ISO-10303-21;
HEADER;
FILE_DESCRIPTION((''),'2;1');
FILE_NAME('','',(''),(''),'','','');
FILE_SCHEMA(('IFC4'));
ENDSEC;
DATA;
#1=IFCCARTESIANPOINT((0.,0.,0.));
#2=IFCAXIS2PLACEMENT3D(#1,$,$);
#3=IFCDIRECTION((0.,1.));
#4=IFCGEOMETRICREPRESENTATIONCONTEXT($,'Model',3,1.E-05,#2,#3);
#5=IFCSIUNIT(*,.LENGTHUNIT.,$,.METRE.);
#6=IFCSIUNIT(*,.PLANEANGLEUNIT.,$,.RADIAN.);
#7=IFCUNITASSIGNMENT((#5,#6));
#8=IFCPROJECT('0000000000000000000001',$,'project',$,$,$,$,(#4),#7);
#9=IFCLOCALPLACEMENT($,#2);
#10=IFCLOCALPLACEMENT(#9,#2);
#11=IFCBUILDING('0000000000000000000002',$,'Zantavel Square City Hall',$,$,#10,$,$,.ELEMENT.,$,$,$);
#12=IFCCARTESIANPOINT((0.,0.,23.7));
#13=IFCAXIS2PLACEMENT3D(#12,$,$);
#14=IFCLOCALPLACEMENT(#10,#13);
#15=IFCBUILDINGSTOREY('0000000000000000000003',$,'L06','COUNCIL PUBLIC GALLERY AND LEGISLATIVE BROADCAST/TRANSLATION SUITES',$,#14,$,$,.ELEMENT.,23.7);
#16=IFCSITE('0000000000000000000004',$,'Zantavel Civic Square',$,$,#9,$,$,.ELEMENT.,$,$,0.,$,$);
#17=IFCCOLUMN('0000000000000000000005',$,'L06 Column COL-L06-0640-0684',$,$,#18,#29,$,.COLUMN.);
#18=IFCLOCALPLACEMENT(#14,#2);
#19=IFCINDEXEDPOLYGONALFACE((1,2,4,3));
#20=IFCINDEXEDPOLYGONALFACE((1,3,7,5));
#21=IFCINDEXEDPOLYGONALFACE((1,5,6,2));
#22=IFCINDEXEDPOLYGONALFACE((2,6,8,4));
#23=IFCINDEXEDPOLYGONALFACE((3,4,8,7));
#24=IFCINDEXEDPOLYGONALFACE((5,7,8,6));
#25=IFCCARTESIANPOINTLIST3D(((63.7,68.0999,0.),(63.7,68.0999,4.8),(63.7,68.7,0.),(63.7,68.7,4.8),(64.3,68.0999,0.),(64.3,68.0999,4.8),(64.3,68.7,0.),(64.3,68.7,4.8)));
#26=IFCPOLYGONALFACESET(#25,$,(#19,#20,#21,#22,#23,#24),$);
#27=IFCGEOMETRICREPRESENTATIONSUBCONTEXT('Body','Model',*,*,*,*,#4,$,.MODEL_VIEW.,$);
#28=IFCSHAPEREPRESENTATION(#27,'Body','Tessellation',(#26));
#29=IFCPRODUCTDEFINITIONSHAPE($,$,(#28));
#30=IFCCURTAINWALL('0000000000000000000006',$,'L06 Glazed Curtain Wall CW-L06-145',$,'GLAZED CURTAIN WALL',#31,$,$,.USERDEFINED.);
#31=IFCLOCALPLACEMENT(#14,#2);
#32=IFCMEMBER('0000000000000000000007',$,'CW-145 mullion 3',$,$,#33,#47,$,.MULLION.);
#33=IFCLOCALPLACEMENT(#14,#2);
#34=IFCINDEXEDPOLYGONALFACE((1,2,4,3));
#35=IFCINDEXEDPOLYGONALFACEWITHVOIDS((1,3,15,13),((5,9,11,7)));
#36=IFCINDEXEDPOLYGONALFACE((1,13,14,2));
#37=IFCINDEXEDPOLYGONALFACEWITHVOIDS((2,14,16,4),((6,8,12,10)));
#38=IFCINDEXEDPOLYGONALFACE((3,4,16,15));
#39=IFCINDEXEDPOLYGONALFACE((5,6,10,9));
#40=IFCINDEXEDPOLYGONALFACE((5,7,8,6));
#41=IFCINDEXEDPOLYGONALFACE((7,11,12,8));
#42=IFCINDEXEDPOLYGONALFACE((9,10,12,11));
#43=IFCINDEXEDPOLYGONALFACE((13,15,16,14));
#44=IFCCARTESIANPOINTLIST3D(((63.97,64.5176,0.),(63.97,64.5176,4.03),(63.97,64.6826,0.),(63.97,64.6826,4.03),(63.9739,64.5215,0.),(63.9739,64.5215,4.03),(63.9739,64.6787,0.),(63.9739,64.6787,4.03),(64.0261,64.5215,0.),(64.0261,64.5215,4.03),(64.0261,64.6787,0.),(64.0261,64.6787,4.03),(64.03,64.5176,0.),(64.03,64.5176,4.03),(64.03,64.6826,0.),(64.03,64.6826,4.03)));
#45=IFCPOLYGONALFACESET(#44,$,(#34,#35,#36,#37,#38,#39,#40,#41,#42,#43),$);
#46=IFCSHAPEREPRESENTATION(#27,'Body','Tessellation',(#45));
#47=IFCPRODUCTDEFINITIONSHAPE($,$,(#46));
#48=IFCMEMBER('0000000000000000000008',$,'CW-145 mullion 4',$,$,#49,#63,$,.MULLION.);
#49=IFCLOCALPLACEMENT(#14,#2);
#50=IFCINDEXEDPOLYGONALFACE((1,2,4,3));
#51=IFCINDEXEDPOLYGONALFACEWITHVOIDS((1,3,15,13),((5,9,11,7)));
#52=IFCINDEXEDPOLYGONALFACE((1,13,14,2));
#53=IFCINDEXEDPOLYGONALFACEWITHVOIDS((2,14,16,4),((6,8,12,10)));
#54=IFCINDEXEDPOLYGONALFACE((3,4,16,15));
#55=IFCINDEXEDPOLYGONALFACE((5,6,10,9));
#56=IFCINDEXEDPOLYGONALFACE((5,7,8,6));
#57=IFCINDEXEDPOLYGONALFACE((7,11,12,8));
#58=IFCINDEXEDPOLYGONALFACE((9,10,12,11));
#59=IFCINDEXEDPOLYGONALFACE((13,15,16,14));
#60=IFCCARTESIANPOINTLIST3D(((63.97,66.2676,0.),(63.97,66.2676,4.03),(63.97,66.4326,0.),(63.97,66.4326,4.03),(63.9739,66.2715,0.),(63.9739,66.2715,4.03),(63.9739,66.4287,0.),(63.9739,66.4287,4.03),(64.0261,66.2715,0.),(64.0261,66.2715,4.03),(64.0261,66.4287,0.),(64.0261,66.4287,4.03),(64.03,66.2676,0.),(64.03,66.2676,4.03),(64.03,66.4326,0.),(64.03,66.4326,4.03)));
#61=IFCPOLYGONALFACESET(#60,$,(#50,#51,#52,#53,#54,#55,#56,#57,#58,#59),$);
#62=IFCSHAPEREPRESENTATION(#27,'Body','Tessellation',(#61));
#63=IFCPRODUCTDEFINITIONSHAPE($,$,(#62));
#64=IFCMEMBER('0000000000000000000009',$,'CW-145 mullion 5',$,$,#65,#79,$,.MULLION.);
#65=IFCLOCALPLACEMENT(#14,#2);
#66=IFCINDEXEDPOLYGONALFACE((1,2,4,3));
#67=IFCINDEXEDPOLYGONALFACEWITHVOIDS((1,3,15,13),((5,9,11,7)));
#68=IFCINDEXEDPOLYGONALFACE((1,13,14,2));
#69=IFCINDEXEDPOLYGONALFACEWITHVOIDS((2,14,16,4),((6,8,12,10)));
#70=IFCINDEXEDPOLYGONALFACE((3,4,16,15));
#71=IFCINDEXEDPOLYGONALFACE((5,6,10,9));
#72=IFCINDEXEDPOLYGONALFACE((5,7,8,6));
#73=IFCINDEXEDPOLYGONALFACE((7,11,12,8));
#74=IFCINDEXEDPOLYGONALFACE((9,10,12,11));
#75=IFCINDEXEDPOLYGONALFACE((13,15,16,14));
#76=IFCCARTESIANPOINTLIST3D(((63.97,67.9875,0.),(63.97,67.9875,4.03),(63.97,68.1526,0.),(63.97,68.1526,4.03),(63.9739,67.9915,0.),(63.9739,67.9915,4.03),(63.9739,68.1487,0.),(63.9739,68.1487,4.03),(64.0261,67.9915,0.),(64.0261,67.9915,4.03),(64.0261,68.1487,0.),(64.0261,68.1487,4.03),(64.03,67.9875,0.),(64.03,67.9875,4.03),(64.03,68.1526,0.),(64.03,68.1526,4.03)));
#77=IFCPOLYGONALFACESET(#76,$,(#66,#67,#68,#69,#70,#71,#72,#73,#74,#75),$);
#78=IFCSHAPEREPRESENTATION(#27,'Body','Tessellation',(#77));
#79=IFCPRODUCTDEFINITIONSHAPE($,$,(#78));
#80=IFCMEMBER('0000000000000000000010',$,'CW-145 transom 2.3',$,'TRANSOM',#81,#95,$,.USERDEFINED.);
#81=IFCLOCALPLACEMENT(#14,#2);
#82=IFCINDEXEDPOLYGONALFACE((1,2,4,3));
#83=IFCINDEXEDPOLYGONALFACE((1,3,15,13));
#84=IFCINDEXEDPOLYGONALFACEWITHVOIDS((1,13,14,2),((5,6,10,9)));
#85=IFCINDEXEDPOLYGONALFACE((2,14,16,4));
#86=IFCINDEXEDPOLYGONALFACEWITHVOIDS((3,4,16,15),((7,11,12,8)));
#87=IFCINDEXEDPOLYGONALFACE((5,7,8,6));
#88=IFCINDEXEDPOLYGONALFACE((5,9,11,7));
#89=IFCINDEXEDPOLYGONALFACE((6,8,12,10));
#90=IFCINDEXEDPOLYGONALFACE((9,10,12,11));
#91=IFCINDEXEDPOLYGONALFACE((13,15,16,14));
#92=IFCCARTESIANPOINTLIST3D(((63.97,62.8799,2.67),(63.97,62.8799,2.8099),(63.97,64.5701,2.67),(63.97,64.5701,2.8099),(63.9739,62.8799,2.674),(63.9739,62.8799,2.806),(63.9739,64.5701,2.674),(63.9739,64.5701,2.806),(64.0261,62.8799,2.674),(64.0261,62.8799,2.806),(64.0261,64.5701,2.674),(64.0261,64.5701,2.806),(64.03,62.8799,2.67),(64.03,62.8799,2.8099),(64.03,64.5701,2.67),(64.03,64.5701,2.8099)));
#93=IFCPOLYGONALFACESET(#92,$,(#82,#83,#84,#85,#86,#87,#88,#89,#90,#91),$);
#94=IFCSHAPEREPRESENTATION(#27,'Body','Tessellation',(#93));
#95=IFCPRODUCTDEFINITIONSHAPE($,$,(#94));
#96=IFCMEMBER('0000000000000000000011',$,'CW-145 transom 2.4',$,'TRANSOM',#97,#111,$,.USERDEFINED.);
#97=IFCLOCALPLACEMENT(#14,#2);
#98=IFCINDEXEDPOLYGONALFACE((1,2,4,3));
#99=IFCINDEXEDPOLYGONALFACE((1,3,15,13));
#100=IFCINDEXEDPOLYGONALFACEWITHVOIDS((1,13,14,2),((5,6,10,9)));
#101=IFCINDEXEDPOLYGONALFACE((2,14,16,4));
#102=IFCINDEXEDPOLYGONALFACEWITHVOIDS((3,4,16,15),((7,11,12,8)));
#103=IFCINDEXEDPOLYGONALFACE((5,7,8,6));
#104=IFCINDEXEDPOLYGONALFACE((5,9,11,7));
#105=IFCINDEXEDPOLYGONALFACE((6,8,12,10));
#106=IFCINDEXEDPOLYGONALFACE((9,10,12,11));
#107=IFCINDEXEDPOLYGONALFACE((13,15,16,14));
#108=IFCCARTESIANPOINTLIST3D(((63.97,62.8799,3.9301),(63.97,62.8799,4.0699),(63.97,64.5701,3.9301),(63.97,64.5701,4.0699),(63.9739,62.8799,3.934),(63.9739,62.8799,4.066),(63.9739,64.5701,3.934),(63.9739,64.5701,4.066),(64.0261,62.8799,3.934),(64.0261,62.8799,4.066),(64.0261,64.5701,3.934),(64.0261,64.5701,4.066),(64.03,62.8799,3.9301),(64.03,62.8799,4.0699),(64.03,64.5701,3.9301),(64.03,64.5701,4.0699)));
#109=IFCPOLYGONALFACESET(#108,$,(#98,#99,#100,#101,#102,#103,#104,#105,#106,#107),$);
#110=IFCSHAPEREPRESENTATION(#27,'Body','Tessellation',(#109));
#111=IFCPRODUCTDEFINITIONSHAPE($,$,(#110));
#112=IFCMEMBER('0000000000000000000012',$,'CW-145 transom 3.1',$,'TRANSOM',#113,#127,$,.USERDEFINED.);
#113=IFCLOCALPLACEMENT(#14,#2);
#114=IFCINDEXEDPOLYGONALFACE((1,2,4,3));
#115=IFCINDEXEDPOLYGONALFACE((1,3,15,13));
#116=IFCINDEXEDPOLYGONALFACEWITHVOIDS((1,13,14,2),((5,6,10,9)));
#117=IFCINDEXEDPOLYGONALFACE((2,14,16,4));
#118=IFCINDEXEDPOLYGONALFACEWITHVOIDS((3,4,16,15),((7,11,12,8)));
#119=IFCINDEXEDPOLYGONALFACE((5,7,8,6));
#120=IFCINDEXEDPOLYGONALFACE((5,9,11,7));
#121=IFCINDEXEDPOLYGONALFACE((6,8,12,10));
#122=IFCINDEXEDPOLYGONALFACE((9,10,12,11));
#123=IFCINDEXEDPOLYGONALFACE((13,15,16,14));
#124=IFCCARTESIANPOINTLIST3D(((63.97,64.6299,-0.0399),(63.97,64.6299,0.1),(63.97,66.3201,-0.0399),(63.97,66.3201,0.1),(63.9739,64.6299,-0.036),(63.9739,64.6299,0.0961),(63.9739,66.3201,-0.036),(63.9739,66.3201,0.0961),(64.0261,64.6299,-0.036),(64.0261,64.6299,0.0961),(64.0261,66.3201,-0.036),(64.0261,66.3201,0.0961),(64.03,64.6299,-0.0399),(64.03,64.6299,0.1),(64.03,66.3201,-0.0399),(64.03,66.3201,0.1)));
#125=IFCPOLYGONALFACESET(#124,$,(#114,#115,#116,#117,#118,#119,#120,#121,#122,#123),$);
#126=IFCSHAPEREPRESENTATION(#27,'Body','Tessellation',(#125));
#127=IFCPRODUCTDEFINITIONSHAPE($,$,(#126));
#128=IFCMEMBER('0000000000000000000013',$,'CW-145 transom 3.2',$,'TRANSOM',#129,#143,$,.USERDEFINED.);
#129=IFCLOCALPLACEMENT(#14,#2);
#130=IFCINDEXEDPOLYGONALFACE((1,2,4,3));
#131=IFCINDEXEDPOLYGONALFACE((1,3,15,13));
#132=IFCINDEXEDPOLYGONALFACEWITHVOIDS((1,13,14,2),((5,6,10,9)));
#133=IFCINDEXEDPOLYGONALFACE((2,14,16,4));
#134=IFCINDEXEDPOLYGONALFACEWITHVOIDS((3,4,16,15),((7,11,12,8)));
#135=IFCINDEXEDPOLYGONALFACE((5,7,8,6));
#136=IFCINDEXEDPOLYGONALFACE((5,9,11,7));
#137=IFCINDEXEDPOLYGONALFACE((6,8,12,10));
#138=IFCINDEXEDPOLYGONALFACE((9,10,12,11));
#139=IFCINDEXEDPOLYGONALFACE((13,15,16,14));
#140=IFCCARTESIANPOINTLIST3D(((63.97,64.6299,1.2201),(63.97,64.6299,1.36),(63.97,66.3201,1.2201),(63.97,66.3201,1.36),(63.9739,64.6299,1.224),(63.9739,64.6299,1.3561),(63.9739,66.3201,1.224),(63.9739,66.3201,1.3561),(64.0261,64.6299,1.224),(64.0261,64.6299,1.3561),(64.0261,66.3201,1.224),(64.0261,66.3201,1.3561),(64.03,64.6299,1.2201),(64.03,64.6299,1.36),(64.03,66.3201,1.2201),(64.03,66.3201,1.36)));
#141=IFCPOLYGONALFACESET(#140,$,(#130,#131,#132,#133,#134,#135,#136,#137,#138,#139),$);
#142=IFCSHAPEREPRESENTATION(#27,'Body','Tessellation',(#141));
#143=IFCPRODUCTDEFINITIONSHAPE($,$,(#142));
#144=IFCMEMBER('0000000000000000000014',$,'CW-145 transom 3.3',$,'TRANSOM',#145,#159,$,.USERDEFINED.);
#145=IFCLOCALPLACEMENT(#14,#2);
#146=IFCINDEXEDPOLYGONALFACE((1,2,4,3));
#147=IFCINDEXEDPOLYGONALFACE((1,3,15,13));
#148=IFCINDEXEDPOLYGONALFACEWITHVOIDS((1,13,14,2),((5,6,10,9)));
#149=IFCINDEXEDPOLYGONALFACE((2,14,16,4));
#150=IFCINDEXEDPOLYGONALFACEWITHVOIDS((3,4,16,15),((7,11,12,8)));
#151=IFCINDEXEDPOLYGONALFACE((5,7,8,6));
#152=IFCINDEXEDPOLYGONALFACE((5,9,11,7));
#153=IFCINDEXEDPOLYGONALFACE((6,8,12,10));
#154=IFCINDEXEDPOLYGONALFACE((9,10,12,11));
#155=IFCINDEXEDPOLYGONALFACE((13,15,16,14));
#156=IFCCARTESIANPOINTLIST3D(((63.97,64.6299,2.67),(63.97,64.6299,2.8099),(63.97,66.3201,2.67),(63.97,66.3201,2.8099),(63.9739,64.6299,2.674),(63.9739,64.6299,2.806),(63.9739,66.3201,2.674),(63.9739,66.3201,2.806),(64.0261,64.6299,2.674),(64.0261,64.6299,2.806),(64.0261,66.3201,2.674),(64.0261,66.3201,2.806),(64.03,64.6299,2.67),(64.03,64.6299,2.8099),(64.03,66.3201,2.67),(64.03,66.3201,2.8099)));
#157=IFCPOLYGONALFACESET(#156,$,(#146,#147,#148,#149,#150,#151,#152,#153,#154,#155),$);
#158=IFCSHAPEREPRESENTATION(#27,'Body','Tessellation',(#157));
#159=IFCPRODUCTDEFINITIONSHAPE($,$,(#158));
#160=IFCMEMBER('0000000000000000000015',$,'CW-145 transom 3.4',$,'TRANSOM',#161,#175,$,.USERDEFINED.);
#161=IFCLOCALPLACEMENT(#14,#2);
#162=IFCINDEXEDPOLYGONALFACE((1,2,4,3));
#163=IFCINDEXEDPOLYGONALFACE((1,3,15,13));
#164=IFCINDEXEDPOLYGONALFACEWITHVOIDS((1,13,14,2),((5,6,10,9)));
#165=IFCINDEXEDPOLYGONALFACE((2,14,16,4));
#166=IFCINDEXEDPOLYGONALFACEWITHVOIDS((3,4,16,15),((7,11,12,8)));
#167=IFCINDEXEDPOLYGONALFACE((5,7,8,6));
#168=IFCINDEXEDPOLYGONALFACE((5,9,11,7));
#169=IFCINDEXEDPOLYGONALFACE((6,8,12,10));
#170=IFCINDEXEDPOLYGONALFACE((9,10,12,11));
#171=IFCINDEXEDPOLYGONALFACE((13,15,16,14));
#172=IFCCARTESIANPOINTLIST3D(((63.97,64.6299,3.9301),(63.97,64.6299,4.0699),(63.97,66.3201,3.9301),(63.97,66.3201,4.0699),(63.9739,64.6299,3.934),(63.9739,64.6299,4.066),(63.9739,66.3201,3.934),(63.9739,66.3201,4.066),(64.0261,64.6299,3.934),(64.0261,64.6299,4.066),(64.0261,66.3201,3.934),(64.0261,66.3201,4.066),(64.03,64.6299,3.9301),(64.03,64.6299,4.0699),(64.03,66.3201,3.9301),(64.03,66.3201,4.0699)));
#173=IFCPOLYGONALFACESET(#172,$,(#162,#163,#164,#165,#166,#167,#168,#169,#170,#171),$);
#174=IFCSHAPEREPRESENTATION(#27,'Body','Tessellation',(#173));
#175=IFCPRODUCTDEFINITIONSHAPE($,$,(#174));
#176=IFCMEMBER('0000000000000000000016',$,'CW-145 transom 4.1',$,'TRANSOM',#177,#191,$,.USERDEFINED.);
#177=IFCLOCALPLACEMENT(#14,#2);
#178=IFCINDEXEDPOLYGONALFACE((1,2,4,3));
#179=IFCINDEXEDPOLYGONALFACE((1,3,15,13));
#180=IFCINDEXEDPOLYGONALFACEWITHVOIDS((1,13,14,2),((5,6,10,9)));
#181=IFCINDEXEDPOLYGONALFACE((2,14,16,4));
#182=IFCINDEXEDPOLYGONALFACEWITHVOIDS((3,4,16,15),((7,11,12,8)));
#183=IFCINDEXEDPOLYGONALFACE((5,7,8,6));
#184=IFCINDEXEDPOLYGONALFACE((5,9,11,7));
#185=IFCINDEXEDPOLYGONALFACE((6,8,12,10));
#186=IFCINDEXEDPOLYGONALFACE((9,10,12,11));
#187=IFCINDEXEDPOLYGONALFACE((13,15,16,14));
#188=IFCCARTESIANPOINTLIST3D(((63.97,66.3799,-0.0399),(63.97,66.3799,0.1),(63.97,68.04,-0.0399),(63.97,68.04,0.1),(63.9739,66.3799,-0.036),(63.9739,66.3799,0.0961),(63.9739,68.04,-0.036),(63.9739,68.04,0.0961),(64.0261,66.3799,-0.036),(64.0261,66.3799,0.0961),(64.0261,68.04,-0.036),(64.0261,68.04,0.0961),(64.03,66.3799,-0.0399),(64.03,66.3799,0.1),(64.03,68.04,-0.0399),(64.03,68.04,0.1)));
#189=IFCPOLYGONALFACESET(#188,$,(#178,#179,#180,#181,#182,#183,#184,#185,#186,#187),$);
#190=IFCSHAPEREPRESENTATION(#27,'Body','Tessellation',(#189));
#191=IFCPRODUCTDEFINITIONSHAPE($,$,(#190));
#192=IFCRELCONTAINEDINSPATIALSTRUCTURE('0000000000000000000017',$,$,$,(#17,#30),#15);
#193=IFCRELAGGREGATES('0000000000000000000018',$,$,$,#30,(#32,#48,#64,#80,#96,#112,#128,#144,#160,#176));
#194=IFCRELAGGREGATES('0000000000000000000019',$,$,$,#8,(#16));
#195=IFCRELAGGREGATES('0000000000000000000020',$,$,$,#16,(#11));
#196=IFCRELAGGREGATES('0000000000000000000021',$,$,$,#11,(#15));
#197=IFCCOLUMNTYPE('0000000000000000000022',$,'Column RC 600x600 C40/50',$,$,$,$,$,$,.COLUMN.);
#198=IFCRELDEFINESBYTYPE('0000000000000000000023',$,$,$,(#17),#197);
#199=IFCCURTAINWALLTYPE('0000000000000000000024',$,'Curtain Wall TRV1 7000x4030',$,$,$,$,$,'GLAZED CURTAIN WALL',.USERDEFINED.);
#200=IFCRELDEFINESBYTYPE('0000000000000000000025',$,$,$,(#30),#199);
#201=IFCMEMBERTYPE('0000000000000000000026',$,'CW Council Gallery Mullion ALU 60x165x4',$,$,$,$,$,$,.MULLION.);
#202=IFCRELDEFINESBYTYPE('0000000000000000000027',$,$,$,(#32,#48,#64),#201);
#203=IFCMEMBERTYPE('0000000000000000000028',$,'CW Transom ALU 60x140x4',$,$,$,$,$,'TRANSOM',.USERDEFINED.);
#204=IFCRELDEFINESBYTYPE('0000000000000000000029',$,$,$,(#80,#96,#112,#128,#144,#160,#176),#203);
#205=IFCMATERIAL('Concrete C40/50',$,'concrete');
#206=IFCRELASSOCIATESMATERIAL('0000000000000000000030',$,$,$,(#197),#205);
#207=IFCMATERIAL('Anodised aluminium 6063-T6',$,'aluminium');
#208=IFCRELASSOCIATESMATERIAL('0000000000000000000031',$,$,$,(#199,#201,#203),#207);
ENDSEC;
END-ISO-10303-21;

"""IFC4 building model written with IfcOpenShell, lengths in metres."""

from ifc_helpers import new_model, si_unit, direction, frame, origin, origin_2d, place, context, subcontext, project, spatial, rectangle, hollow_rectangle, extrude, material, material_profile, profile_set, type_object, element, aggregate, save


model = new_model("IFC4")

# Units and contexts
model_context = context("Model", 3, precision=1e-05, world=origin(), true_north=direction((0.0, 1.0)))
body_context = subcontext(model_context, "Body", "Model", "MODEL_VIEW")
ifc_project = project(units=[si_unit("LENGTHUNIT", "METRE"), si_unit("PLANEANGLEUNIT", "RADIAN")], contexts=[model_context])

# Site, building, storey
site_placement = place(None, origin())
site = spatial("IfcSite", under=ifc_project, at=site_placement, Name="Zantavel Civic Square", CompositionType="ELEMENT", RefElevation=0.0)
building_placement = place(site_placement, origin())
building = spatial("IfcBuilding", under=site, at=building_placement, Name="Zantavel Square City Hall", CompositionType="ELEMENT")
storey_placement = place(building_placement, frame((0.0, 0.0, 23.7)))
storey = spatial("IfcBuildingStorey", under=building, at=storey_placement, Name="L06", Description="COUNCIL PUBLIC GALLERY AND LEGISLATIVE BROADCAST/TRANSLATION SUITES", CompositionType="ELEMENT", Elevation=23.7)

# Column
ifc_material_1 = material(Name="Concrete C40/50", Category="concrete")
ifc_material_profile_1 = material_profile(ifc_material_1, rectangle(XDim=0.6001, YDim=0.6001, at=origin_2d()), Name="RC 600x600")
ifc_profile_set_1 = profile_set([ifc_material_profile_1], Name="Concrete C40/50")
column_type = type_object("IfcColumnType", Name="Column RC 600x600 C40/50", PredefinedType="COLUMN", material=ifc_profile_set_1)
column_placement = place(storey_placement, frame((64.0, 68.3999, 0.0), z_axis=(0.0, 0.0, 1.0), x_axis=(1.0, 0.0, 0.0)))
element("IfcColumn", 1, at=column_placement, inside=storey, type_object=column_type, Name="L06 Column COL-L06-0640-0684", PredefinedType="COLUMN", context=body_context, shape_type="SweptSolid", body=[
    extrude(rectangle(XDim=0.6001, YDim=0.6001, at=origin_2d()), origin(), (0.0, 0.0, 1.0), 4.8),
])

# Curtain wall, members
ifc_material_2 = material(Name="Anodised aluminium 6063-T6", Category="aluminium")
curtain_wall_type = type_object("IfcCurtainWallType", Name="Curtain Wall TRV1 7000x4030", ElementType="GLAZED CURTAIN WALL", PredefinedType="USERDEFINED", material=ifc_material_2)
curtain_wall_placement = place(storey_placement, origin())
curtain_wall = element("IfcCurtainWall", 2, at=curtain_wall_placement, inside=storey, type_object=curtain_wall_type, Name="L06 Glazed Curtain Wall CW-L06-145", ObjectType="GLAZED CURTAIN WALL", PredefinedType="USERDEFINED")
ifc_material_profile_2 = material_profile(ifc_material_2, hollow_rectangle(XDim=0.0601, YDim=0.165, WallThickness=0.0039, at=origin_2d()), Name="ALU 60x165x4")
ifc_profile_set_2 = profile_set([ifc_material_profile_2], Name="Anodised aluminium 6063-T6")
member_type_1 = type_object("IfcMemberType", Name="CW Council Gallery Mullion ALU 60x165x4", PredefinedType="MULLION", material=ifc_profile_set_2)
member_1_placement = place(storey_placement, frame((64.0, 64.6001, 0.0), z_axis=(0.0, 0.0, 1.0), x_axis=(-1.0, 0.0, 0.0)))
member_1 = element("IfcMember", 3, at=member_1_placement, type_object=member_type_1, Name="CW-145 mullion 3", PredefinedType="MULLION", context=body_context, shape_type="SweptSolid", body=[
    extrude(hollow_rectangle(XDim=0.0601, YDim=0.165, WallThickness=0.0039, at=origin_2d()), origin(), (0.0, 0.0, 1.0), 4.03),
])
member_2_placement = place(storey_placement, frame((64.0, 66.3501, 0.0), z_axis=(0.0, 0.0, 1.0), x_axis=(-1.0, 0.0, 0.0)))
member_2 = element("IfcMember", 4, at=member_2_placement, type_object=member_type_1, Name="CW-145 mullion 4", PredefinedType="MULLION", context=body_context, shape_type="SweptSolid", body=[
    extrude(hollow_rectangle(XDim=0.0601, YDim=0.165, WallThickness=0.0039, at=origin_2d()), origin(), (0.0, 0.0, 1.0), 4.03),
])
member_3_placement = place(storey_placement, frame((64.0, 68.0701, 0.0), z_axis=(0.0, 0.0, 1.0), x_axis=(-1.0, 0.0, 0.0)))
member_3 = element("IfcMember", 5, at=member_3_placement, type_object=member_type_1, Name="CW-145 mullion 5", PredefinedType="MULLION", context=body_context, shape_type="SweptSolid", body=[
    extrude(hollow_rectangle(XDim=0.0601, YDim=0.165, WallThickness=0.0039, at=origin_2d()), origin(), (0.0, 0.0, 1.0), 4.03),
])
ifc_material_profile_3 = material_profile(ifc_material_2, hollow_rectangle(XDim=0.0601, YDim=0.1399, WallThickness=0.0039, at=origin_2d()), Name="ALU 60x140x4")
ifc_profile_set_3 = profile_set([ifc_material_profile_3], Name="Anodised aluminium 6063-T6")
member_type_2 = type_object("IfcMemberType", Name="CW Transom ALU 60x140x4", ElementType="TRANSOM", PredefinedType="USERDEFINED", material=ifc_profile_set_3)
member_4_placement = place(storey_placement, frame((64.0, 62.8799, 2.74), z_axis=(0.0, 1.0, 0.0), x_axis=(-1.0, 0.0, 0.0)))
member_4 = element("IfcMember", 6, at=member_4_placement, type_object=member_type_2, Name="CW-145 transom 2.3", ObjectType="TRANSOM", PredefinedType="USERDEFINED", context=body_context, shape_type="SweptSolid", body=[
    extrude(hollow_rectangle(XDim=0.0601, YDim=0.1399, WallThickness=0.0039, at=origin_2d()), origin(), (0.0, 0.0, 1.0), 1.6902),
])
member_5_placement = place(storey_placement, frame((64.0, 62.8799, 4.0), z_axis=(0.0, 1.0, 0.0), x_axis=(-1.0, 0.0, 0.0)))
member_5 = element("IfcMember", 7, at=member_5_placement, type_object=member_type_2, Name="CW-145 transom 2.4", ObjectType="TRANSOM", PredefinedType="USERDEFINED", context=body_context, shape_type="SweptSolid", body=[
    extrude(hollow_rectangle(XDim=0.0601, YDim=0.1399, WallThickness=0.0039, at=origin_2d()), origin(), (0.0, 0.0, 1.0), 1.6902),
])
member_6_placement = place(storey_placement, frame((64.0, 64.6299, 0.03), z_axis=(0.0, 1.0, 0.0), x_axis=(-1.0, 0.0, 0.0)))
member_6 = element("IfcMember", 8, at=member_6_placement, type_object=member_type_2, Name="CW-145 transom 3.1", ObjectType="TRANSOM", PredefinedType="USERDEFINED", context=body_context, shape_type="SweptSolid", body=[
    extrude(hollow_rectangle(XDim=0.0601, YDim=0.1399, WallThickness=0.0039, at=origin_2d()), origin(), (0.0, 0.0, 1.0), 1.6902),
])
member_7_placement = place(storey_placement, frame((64.0, 64.6299, 1.29), z_axis=(0.0, 1.0, 0.0), x_axis=(-1.0, 0.0, 0.0)))
member_7 = element("IfcMember", 9, at=member_7_placement, type_object=member_type_2, Name="CW-145 transom 3.2", ObjectType="TRANSOM", PredefinedType="USERDEFINED", context=body_context, shape_type="SweptSolid", body=[
    extrude(hollow_rectangle(XDim=0.0601, YDim=0.1399, WallThickness=0.0039, at=origin_2d()), origin(), (0.0, 0.0, 1.0), 1.6902),
])
member_8_placement = place(storey_placement, frame((64.0, 64.6299, 2.74), z_axis=(0.0, 1.0, 0.0), x_axis=(-1.0, 0.0, 0.0)))
member_8 = element("IfcMember", 10, at=member_8_placement, type_object=member_type_2, Name="CW-145 transom 3.3", ObjectType="TRANSOM", PredefinedType="USERDEFINED", context=body_context, shape_type="SweptSolid", body=[
    extrude(hollow_rectangle(XDim=0.0601, YDim=0.1399, WallThickness=0.0039, at=origin_2d()), origin(), (0.0, 0.0, 1.0), 1.6902),
])
member_9_placement = place(storey_placement, frame((64.0, 64.6299, 4.0), z_axis=(0.0, 1.0, 0.0), x_axis=(-1.0, 0.0, 0.0)))
member_9 = element("IfcMember", 11, at=member_9_placement, type_object=member_type_2, Name="CW-145 transom 3.4", ObjectType="TRANSOM", PredefinedType="USERDEFINED", context=body_context, shape_type="SweptSolid", body=[
    extrude(hollow_rectangle(XDim=0.0601, YDim=0.1399, WallThickness=0.0039, at=origin_2d()), origin(), (0.0, 0.0, 1.0), 1.6902),
])
member_10_placement = place(storey_placement, frame((64.0, 66.3799, 0.03), z_axis=(0.0, 1.0, 0.0), x_axis=(-1.0, 0.0, 0.0)))
member_10 = element("IfcMember", 12, at=member_10_placement, type_object=member_type_2, Name="CW-145 transom 4.1", ObjectType="TRANSOM", PredefinedType="USERDEFINED", context=body_context, shape_type="SweptSolid", body=[
    extrude(hollow_rectangle(XDim=0.0601, YDim=0.1399, WallThickness=0.0039, at=origin_2d()), origin(), (0.0, 0.0, 1.0), 1.6602),
])
aggregate(curtain_wall, [member_1, member_2, member_3, member_4, member_5, member_6, member_7, member_8, member_9, member_10])

save(model, "model.ifc")
